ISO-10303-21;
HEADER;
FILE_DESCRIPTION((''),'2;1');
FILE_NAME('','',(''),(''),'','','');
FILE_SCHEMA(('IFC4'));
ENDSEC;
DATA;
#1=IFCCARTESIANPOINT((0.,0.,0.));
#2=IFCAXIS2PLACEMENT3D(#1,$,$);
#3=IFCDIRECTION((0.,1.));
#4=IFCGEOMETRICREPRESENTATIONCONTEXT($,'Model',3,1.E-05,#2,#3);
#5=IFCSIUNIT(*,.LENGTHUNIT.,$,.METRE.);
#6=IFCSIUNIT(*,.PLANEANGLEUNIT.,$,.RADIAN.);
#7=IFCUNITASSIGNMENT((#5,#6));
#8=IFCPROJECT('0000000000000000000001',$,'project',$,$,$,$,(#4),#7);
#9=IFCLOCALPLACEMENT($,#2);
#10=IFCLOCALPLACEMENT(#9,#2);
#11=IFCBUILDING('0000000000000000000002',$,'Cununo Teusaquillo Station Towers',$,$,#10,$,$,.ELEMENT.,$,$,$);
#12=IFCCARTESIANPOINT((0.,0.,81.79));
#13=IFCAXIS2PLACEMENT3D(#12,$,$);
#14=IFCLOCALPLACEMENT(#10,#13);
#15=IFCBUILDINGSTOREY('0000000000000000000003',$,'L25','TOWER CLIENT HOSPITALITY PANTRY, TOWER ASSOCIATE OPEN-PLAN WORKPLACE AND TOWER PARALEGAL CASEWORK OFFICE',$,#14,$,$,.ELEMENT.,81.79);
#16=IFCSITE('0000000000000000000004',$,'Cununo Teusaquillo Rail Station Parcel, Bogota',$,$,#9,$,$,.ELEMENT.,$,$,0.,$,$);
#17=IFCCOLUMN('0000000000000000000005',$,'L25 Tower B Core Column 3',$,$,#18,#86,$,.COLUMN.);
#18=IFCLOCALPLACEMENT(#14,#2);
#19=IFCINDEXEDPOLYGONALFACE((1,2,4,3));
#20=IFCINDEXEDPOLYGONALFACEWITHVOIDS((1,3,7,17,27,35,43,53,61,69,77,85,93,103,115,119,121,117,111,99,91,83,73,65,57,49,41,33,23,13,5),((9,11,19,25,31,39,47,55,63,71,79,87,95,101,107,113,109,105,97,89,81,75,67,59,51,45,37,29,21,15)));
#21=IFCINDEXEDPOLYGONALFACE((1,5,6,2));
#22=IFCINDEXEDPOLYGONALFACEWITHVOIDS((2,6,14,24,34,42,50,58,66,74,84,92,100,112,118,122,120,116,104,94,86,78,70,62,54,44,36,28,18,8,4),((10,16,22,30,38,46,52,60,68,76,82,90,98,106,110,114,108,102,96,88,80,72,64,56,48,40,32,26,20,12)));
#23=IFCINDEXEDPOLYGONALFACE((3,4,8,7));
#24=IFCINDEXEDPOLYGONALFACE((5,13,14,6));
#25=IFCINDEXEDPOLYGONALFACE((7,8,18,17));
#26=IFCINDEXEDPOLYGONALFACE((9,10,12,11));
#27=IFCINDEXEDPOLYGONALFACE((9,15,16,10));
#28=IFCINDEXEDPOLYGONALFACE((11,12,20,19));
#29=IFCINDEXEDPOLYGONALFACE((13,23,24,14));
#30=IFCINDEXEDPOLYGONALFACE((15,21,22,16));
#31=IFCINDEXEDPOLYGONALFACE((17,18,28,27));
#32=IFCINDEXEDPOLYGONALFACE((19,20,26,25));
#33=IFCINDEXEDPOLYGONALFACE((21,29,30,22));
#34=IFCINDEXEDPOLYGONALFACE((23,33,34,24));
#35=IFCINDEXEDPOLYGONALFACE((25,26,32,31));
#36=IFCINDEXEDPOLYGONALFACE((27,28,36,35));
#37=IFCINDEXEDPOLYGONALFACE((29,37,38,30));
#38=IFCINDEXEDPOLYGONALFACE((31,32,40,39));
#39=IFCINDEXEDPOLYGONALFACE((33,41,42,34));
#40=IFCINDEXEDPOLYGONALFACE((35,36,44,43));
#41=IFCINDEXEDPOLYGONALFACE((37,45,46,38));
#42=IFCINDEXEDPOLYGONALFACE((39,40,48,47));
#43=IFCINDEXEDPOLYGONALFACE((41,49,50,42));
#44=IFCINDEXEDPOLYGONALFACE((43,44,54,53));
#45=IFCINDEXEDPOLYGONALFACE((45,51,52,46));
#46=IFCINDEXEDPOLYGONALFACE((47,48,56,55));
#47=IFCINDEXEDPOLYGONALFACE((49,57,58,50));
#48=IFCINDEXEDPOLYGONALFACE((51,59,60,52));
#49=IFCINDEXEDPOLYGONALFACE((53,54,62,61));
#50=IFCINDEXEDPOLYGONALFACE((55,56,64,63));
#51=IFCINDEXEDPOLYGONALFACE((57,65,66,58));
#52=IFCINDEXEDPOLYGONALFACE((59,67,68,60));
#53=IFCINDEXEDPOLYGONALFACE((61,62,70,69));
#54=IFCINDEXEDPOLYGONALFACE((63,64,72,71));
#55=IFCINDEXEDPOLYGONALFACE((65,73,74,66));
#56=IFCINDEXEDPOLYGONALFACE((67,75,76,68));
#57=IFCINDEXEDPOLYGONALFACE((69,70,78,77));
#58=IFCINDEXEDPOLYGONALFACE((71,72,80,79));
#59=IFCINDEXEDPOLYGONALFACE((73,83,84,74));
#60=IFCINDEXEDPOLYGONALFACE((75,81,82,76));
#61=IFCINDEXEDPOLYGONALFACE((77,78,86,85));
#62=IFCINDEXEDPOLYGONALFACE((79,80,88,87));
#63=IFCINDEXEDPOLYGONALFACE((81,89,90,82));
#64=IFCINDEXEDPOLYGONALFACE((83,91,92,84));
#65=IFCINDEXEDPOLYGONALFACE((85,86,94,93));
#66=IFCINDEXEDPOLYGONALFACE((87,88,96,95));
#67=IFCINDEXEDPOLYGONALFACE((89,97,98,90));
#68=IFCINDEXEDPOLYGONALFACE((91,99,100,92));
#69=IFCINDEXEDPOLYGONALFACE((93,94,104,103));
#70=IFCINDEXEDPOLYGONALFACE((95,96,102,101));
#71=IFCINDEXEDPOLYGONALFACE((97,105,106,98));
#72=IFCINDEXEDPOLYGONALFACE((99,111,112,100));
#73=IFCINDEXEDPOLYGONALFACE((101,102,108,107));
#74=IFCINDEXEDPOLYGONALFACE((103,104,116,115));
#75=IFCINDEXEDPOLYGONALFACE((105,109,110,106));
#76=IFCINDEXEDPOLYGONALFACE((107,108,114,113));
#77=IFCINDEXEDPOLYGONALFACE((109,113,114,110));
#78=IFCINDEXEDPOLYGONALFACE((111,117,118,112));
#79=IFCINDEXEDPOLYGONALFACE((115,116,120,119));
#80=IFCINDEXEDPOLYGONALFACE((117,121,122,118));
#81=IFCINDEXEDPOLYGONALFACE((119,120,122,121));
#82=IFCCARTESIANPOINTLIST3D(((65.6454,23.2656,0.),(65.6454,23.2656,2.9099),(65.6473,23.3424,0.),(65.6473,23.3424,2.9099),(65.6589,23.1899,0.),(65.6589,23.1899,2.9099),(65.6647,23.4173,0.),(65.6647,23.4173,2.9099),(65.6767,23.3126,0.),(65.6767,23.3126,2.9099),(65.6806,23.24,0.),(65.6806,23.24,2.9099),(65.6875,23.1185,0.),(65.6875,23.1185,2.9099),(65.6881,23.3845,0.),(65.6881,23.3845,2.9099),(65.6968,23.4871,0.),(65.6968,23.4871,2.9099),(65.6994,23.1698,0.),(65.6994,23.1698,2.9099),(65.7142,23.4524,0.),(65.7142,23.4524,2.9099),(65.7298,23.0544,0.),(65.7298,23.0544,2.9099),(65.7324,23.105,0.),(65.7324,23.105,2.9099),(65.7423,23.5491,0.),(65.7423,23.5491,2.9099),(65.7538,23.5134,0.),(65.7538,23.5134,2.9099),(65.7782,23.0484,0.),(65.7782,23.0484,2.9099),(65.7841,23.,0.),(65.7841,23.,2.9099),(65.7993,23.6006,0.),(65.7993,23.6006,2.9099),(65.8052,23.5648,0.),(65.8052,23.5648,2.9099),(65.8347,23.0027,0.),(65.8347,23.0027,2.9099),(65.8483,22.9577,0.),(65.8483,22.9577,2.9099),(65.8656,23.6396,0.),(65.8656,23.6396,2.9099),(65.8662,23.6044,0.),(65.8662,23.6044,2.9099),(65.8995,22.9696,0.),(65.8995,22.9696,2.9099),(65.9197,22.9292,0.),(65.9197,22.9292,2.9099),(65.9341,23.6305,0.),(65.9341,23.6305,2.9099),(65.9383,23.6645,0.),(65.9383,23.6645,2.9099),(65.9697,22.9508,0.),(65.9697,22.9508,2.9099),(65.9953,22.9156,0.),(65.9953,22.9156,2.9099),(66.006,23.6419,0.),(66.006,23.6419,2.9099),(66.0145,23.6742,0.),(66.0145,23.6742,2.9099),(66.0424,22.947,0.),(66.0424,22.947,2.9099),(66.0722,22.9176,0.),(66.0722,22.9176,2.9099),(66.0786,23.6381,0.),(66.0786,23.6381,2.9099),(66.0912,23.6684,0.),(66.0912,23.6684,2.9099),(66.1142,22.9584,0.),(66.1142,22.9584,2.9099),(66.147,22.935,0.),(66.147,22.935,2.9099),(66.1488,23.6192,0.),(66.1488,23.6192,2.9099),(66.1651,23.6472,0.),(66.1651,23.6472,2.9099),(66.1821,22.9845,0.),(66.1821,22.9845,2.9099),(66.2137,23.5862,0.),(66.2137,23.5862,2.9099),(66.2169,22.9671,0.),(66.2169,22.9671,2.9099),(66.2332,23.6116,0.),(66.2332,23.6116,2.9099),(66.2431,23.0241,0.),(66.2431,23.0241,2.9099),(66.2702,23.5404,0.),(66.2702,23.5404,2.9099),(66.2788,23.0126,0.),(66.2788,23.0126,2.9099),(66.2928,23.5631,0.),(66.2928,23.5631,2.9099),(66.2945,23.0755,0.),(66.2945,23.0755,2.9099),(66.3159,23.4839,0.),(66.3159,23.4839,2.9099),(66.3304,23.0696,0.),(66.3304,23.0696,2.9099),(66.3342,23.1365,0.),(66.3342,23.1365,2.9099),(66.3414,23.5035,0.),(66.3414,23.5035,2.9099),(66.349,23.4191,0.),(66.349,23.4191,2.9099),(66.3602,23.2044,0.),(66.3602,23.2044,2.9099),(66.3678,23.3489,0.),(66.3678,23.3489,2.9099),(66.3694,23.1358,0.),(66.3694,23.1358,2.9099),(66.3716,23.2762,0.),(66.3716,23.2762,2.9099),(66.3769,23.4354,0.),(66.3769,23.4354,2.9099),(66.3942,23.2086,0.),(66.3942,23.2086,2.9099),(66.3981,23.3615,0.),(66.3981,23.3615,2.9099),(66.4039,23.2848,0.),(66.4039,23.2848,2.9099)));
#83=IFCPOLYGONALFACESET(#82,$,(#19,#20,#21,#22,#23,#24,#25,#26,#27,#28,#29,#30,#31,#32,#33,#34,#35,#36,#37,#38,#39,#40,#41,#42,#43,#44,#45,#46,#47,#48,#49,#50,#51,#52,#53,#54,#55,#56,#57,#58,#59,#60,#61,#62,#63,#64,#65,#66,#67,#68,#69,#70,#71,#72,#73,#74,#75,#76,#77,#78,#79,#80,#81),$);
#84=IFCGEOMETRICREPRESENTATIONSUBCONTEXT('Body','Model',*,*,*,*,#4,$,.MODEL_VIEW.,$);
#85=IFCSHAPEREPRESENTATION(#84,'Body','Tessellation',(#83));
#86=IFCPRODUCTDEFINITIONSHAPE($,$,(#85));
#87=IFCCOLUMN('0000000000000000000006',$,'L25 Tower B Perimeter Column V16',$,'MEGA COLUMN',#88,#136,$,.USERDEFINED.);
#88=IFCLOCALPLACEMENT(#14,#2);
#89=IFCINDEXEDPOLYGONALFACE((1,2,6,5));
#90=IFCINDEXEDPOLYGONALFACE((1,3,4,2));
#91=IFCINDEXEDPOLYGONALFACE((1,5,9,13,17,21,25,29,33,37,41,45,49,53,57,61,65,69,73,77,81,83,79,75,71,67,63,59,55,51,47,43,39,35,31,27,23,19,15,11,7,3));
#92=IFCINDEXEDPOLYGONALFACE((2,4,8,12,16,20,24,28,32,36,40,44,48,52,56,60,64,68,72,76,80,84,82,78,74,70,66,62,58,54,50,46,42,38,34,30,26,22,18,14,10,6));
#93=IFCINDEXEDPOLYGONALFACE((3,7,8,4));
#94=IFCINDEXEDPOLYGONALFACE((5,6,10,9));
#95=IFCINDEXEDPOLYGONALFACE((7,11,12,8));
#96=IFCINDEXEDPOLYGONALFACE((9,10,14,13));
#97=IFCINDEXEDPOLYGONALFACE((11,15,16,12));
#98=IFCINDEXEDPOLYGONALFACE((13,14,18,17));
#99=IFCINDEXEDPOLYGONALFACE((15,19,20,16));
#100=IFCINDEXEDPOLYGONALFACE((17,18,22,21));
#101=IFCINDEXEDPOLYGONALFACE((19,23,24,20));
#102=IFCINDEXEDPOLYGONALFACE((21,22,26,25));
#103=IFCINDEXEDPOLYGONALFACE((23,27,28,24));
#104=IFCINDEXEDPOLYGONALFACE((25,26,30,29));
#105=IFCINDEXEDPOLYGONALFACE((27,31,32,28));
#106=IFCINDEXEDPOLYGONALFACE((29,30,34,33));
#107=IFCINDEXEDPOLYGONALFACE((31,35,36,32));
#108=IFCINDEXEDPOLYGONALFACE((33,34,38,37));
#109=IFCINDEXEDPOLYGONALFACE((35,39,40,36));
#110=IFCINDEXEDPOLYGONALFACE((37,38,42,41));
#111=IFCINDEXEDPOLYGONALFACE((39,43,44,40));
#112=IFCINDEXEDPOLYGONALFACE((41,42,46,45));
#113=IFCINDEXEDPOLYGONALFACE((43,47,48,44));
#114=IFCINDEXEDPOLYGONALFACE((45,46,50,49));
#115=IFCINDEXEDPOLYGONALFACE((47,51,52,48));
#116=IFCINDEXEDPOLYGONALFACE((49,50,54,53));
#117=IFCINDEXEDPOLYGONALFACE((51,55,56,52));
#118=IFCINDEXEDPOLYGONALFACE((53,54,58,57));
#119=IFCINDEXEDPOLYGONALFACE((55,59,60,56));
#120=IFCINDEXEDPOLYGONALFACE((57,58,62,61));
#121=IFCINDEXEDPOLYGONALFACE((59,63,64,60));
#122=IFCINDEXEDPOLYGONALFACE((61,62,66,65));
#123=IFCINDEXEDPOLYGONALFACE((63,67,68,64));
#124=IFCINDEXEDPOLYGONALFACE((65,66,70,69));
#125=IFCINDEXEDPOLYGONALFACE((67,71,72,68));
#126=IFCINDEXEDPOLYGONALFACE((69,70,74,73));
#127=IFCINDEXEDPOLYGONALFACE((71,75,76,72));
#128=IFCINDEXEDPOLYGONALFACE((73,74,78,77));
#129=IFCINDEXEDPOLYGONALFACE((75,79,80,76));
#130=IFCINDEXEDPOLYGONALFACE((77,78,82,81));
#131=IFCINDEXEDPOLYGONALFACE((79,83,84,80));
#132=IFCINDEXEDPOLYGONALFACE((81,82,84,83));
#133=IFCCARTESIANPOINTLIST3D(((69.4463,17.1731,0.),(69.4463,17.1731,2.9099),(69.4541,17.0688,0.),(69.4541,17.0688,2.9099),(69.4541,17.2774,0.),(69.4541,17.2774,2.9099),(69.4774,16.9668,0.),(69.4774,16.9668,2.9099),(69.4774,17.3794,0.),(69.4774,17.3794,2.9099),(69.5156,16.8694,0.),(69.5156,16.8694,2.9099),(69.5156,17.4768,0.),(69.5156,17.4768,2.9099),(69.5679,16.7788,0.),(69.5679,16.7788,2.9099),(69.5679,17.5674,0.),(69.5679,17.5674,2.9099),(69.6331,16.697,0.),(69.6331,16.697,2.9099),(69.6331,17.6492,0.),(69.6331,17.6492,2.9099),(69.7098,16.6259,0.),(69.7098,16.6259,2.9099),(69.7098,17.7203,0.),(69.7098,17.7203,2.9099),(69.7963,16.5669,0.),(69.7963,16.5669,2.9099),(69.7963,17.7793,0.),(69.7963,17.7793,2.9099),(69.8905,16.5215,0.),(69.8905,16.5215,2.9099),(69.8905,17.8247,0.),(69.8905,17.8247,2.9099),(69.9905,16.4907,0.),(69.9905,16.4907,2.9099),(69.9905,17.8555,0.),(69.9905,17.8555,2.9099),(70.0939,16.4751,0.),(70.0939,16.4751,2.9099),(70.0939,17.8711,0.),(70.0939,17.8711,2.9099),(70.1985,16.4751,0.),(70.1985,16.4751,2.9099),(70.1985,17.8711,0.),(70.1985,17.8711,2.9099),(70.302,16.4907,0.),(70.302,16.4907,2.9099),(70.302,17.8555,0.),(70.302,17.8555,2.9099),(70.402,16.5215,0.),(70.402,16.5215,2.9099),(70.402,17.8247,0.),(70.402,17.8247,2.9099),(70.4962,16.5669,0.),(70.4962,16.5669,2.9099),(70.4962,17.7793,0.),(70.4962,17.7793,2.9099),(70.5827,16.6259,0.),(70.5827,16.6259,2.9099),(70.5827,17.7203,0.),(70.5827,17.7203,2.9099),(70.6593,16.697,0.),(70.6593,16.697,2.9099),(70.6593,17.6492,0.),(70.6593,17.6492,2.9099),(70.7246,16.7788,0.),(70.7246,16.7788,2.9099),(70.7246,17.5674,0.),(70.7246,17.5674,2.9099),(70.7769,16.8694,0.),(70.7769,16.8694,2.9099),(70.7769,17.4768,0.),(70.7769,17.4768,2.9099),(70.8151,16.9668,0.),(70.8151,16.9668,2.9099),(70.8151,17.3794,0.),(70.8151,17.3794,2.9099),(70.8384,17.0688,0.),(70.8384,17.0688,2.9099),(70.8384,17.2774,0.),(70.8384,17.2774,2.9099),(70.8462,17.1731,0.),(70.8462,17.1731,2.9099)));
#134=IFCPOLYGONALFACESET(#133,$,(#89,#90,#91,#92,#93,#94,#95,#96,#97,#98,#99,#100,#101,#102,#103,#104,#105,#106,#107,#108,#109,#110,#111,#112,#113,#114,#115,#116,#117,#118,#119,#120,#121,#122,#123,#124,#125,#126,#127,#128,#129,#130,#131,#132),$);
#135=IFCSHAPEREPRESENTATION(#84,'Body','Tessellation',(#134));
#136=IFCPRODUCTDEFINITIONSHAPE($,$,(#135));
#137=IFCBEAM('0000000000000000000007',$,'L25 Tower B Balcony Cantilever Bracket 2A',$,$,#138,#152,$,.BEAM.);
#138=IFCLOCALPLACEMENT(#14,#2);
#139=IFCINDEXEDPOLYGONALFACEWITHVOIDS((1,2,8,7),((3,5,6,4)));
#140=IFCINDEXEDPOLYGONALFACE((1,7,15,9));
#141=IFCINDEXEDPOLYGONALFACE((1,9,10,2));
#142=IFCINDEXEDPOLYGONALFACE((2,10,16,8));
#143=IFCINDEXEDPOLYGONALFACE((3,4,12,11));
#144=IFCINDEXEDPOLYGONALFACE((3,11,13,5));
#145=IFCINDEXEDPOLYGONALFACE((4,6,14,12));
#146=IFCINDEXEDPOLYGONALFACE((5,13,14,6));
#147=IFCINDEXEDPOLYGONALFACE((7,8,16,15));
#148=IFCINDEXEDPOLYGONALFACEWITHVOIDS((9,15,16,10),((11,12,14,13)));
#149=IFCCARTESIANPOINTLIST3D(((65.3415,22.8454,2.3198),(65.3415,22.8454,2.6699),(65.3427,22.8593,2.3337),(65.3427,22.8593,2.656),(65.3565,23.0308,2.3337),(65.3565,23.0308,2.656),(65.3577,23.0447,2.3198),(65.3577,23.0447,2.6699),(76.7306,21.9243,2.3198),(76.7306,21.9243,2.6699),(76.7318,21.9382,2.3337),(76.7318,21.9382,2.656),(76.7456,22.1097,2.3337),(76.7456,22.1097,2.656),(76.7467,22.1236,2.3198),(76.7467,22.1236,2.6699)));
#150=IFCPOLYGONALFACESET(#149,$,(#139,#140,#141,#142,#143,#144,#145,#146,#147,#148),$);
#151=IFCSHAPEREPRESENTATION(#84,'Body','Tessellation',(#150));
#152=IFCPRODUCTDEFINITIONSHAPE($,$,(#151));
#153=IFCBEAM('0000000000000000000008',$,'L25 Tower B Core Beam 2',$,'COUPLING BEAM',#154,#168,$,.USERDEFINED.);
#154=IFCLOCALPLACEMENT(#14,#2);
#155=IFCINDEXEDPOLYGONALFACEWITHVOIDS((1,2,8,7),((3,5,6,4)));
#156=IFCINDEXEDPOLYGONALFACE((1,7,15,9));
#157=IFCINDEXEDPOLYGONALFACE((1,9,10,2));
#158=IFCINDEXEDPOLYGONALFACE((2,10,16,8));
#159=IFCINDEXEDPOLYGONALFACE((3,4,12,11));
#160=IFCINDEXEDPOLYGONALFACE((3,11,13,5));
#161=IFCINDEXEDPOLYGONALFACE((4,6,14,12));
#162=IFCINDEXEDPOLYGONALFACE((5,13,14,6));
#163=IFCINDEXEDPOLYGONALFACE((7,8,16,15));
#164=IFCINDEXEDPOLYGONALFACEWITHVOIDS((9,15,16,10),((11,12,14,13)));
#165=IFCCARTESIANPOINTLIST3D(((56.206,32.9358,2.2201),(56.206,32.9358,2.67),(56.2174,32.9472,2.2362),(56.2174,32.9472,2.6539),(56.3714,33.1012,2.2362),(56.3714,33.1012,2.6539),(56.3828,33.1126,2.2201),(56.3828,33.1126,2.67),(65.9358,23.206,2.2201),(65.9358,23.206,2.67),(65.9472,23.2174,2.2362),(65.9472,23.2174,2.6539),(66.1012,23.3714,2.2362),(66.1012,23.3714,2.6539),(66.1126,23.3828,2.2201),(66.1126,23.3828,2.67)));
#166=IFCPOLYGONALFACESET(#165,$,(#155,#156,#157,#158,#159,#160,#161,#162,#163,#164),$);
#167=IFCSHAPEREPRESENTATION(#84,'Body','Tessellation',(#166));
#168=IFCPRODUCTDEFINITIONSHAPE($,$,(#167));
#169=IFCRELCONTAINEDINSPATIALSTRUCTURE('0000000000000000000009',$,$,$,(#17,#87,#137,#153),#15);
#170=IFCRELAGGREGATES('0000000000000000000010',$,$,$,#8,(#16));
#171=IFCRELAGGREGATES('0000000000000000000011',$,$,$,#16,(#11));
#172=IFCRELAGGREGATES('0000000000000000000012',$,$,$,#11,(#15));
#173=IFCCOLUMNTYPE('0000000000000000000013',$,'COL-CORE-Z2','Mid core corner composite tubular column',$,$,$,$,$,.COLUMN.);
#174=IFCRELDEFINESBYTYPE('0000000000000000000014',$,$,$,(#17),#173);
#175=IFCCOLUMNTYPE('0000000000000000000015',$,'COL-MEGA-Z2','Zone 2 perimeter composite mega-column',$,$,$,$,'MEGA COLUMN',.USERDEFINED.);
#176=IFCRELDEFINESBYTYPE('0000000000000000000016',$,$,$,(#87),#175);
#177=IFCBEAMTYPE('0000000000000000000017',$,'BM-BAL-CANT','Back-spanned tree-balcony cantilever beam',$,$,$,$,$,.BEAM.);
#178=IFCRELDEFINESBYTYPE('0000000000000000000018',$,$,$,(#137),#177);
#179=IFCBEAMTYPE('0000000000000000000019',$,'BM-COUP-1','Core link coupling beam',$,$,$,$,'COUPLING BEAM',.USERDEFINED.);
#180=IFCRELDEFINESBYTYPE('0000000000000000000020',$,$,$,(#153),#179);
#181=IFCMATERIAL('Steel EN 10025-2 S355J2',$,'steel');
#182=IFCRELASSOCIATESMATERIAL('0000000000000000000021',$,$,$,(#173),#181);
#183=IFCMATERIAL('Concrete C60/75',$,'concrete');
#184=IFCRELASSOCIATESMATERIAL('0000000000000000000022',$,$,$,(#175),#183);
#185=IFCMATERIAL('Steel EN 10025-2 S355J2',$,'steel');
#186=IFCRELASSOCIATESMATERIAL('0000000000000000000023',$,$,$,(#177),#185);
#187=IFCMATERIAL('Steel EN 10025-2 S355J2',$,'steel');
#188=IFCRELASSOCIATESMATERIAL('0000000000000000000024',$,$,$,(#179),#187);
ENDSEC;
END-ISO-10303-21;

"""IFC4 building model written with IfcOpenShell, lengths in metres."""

from ifc_helpers import new_model, si_unit, direction, frame, origin, origin_2d, place, context, subcontext, project, spatial, hollow_rectangle, circle, hollow_circle, extrude, material, material_profile, profile_set, type_object, element, save


model = new_model("IFC4")

# Units and contexts
model_context = context("Model", 3, precision=1e-05, world=origin(), true_north=direction((0.0, 1.0)))
body_context = subcontext(model_context, "Body", "Model", "MODEL_VIEW")
ifc_project = project(units=[si_unit("LENGTHUNIT", "METRE"), si_unit("PLANEANGLEUNIT", "RADIAN")], contexts=[model_context])

# Site, building, storey
site_placement = place(None, origin())
site = spatial("IfcSite", under=ifc_project, at=site_placement, Name="Cununo Teusaquillo Rail Station Parcel, Bogota", CompositionType="ELEMENT", RefElevation=0.0)
building_placement = place(site_placement, origin())
building = spatial("IfcBuilding", under=site, at=building_placement, Name="Cununo Teusaquillo Station Towers", CompositionType="ELEMENT")
storey_placement = place(building_placement, frame((0.0, 0.0, 81.79)))
storey = spatial("IfcBuildingStorey", under=building, at=storey_placement, Name="L25", Description="TOWER CLIENT HOSPITALITY PANTRY, TOWER ASSOCIATE OPEN-PLAN WORKPLACE AND TOWER PARALEGAL CASEWORK OFFICE", CompositionType="ELEMENT", Elevation=81.79)

# Columns
ifc_material_1 = material(Name="Steel EN 10025-2 S355J2", Category="steel")
ifc_material_profile_1 = material_profile(ifc_material_1, hollow_circle(Radius=0.3799, WallThickness=0.032, at=origin_2d()), Name="CHS 760x32")
ifc_profile_set_1 = profile_set([ifc_material_profile_1], Name="Steel EN 10025-2 S355J2")
column_type_1 = type_object("IfcColumnType", Name="COL-CORE-Z2", Description="Mid core corner composite tubular column", PredefinedType="COLUMN", material=ifc_profile_set_1)
column_1_placement = place(storey_placement, frame((66.0242, 23.2944, 0.0), z_axis=(0.0, 0.0, 1.0), x_axis=(0.707107, 0.707107, 0.0)))
element("IfcColumn", 1, at=column_1_placement, inside=storey, type_object=column_type_1, Name="L25 Tower B Core Column 3", PredefinedType="COLUMN", context=body_context, shape_type="SweptSolid", body=[
    extrude(hollow_circle(Radius=0.3799, WallThickness=0.032, at=origin_2d()), origin(), (0.0, 0.0, 1.0), 2.9099),
])
ifc_material_2 = material(Name="Concrete C60/75", Category="concrete")
ifc_material_profile_2 = material_profile(ifc_material_2, circle(Radius=0.7, at=origin_2d()), Name="RC-CIRC-1400")
ifc_profile_set_2 = profile_set([ifc_material_profile_2], Name="Concrete C60/75")
column_type_2 = type_object("IfcColumnType", Name="COL-MEGA-Z2", Description="Zone 2 perimeter composite mega-column", ElementType="MEGA COLUMN", PredefinedType="USERDEFINED", material=ifc_profile_set_2)
column_2_placement = place(storey_placement, frame((70.1462, 17.1731, 0.0), z_axis=(0.0, 0.0, 1.0), x_axis=(1.0, 0.0, 0.0)))
element("IfcColumn", 2, at=column_2_placement, inside=storey, type_object=column_type_2, Name="L25 Tower B Perimeter Column V16", ObjectType="MEGA COLUMN", PredefinedType="USERDEFINED", context=body_context, shape_type="SweptSolid", body=[
    extrude(circle(Radius=0.7, at=origin_2d()), origin(), (0.0, 0.0, 1.0), 2.9099),
])

# Beams
ifc_material_3 = material(Name="Steel EN 10025-2 S355J2", Category="steel")
ifc_material_profile_3 = material_profile(ifc_material_3, hollow_rectangle(XDim=0.2, YDim=0.3501, WallThickness=0.0139, at=origin_2d()), Name="RHS 350x200x14")
ifc_profile_set_3 = profile_set([ifc_material_profile_3], Name="Steel EN 10025-2 S355J2")
beam_type_1 = type_object("IfcBeamType", Name="BM-BAL-CANT", Description="Back-spanned tree-balcony cantilever beam", PredefinedType="BEAM", material=ifc_profile_set_3)
beam_1_placement = place(storey_placement, frame((65.3496, 22.9451, 2.4949), z_axis=(0.996745, -0.080616, 0.0), x_axis=(0.080616, 0.996745, 0.0)))
element("IfcBeam", 3, at=beam_1_placement, inside=storey, type_object=beam_type_1, Name="L25 Tower B Balcony Cantilever Bracket 2A", PredefinedType="BEAM", context=body_context, shape_type="SweptSolid", body=[
    extrude(hollow_rectangle(XDim=0.2, YDim=0.3501, WallThickness=0.0139, at=origin_2d()), origin(), (0.0, 0.0, 1.0), 11.4263),
])
ifc_material_4 = material(Name="Steel EN 10025-2 S355J2", Category="steel")
ifc_material_profile_4 = material_profile(ifc_material_4, hollow_rectangle(XDim=0.25, YDim=0.45, WallThickness=0.0161, at=origin_2d()), Name="RHS 450x250x16")
ifc_profile_set_4 = profile_set([ifc_material_profile_4], Name="Steel EN 10025-2 S355J2")
beam_type_2 = type_object("IfcBeamType", Name="BM-COUP-1", Description="Core link coupling beam", ElementType="COUPLING BEAM", PredefinedType="USERDEFINED", material=ifc_profile_set_4)
beam_2_placement = place(storey_placement, frame((66.0242, 23.2944, 2.4451), z_axis=(-0.707107, 0.707107, 0.0), x_axis=(-0.707107, -0.707107, 0.0)))
element("IfcBeam", 4, at=beam_2_placement, inside=storey, type_object=beam_type_2, Name="L25 Tower B Core Beam 2", ObjectType="COUPLING BEAM", PredefinedType="USERDEFINED", context=body_context, shape_type="SweptSolid", body=[
    extrude(hollow_rectangle(XDim=0.25, YDim=0.45, WallThickness=0.0161, at=origin_2d()), origin(), (0.0, 0.0, 1.0), 13.76),
])

save(model, "model.ifc")
